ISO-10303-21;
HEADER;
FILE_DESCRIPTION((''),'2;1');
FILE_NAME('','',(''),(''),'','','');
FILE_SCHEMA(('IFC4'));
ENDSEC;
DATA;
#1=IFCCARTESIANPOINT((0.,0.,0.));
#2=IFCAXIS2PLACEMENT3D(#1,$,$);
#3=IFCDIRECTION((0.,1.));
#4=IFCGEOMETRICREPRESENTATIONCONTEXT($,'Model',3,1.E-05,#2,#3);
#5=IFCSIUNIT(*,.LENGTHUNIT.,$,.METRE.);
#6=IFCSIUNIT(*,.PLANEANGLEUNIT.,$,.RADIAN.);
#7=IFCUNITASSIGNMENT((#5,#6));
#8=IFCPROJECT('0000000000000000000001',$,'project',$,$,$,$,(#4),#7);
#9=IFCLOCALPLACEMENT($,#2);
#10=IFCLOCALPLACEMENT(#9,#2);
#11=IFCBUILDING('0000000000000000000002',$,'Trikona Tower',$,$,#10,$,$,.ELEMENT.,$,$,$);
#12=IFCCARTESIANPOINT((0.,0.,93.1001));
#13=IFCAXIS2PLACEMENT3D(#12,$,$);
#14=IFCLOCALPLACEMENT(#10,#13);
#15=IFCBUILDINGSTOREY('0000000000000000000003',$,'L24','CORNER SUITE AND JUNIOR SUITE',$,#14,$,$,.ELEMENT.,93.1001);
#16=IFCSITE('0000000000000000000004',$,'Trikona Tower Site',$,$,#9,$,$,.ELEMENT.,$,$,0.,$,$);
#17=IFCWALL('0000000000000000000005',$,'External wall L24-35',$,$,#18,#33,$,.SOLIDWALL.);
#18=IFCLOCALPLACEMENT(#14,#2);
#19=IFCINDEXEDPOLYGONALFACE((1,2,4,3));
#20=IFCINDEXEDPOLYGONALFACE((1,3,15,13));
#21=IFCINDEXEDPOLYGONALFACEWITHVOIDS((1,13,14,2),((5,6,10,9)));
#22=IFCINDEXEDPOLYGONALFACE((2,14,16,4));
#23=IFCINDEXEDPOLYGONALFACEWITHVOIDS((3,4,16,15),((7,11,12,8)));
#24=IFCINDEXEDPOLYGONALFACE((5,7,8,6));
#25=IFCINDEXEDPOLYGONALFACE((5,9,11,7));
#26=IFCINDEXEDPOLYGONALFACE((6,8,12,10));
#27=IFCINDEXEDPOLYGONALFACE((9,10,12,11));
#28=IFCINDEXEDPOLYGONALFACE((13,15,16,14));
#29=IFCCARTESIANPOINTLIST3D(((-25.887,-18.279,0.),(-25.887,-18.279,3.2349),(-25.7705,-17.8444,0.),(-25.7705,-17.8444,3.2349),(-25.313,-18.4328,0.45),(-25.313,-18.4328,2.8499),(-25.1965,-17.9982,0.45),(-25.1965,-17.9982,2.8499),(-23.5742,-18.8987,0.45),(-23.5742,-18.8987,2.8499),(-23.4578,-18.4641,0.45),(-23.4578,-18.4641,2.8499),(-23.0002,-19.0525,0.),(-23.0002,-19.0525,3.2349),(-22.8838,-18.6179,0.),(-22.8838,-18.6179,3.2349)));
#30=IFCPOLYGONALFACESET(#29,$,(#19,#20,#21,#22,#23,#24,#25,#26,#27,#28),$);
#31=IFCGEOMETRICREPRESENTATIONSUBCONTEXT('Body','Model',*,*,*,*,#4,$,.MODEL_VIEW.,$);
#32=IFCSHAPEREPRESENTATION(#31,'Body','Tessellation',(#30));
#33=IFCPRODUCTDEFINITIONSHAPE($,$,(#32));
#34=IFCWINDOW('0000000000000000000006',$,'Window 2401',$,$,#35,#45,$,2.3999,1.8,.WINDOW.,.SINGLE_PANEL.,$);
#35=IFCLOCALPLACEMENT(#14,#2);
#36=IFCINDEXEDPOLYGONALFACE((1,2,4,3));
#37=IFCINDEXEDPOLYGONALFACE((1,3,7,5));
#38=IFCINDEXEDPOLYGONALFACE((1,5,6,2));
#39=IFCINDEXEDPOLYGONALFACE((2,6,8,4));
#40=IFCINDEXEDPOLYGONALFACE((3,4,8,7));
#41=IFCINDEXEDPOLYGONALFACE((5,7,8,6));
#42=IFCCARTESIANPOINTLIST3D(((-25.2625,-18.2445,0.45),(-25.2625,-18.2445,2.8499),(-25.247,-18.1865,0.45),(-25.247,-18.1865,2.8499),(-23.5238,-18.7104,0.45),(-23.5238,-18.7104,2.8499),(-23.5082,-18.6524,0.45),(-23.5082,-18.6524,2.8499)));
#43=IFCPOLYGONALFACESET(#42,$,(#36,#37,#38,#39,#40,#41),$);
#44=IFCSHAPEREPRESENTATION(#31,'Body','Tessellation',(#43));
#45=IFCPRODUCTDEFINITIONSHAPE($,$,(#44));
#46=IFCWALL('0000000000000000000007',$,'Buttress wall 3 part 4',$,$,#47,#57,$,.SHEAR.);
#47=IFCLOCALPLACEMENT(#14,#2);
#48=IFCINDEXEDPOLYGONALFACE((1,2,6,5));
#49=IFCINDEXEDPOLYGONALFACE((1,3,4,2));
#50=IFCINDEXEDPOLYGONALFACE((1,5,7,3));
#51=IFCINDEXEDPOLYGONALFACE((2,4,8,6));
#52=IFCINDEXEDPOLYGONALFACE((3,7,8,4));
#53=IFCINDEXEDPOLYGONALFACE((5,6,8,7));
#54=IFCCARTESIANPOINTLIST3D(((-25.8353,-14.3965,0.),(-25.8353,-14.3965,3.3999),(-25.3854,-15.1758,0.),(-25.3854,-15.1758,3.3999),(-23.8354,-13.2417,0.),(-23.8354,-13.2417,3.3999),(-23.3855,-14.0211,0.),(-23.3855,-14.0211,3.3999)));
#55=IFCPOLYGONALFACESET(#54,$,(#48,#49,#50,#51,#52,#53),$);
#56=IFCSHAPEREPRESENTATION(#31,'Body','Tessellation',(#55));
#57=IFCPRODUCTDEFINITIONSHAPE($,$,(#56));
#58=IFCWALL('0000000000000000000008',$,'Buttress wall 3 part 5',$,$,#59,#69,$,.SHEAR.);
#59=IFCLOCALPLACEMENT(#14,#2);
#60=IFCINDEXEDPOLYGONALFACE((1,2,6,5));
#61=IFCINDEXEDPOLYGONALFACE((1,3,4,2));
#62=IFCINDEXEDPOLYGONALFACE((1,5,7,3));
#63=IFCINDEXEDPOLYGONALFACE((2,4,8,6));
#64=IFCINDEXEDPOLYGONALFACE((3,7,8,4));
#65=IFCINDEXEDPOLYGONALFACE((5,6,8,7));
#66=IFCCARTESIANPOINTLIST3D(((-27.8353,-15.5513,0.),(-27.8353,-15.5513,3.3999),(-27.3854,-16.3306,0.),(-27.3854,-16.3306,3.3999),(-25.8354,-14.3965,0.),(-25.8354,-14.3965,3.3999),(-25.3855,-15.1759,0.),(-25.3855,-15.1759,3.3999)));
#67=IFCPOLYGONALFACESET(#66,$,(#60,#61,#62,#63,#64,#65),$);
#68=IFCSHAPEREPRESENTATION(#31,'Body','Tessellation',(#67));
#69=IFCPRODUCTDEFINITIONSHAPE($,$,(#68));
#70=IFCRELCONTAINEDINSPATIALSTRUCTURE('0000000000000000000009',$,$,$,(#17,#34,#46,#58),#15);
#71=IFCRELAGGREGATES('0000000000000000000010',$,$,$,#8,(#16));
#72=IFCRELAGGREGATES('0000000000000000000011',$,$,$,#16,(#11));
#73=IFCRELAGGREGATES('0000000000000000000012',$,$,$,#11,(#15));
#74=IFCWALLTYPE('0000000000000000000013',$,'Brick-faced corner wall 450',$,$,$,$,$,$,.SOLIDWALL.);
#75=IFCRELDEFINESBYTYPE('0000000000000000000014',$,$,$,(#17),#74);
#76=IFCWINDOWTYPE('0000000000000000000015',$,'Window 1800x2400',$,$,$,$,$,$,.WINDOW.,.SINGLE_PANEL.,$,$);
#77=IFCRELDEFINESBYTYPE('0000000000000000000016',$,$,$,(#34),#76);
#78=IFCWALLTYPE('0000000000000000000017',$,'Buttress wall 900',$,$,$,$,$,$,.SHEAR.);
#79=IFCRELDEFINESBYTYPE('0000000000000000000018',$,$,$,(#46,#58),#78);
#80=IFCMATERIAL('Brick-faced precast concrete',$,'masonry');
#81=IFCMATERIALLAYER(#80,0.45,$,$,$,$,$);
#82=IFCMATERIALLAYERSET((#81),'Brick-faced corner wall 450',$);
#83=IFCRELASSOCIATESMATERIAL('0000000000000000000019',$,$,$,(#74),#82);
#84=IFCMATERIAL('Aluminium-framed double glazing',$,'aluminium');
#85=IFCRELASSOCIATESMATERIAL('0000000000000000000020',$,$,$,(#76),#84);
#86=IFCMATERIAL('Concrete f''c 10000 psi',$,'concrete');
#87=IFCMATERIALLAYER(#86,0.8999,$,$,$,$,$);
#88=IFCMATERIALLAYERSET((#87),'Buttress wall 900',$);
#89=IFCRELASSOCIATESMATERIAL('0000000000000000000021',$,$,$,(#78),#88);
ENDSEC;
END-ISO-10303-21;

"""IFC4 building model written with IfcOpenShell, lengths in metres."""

from ifc_helpers import new_model, si_unit, direction, frame, frame_2d, origin, place, context, subcontext, project, spatial, rectangle, extrude, material, layer, layer_set, type_object, element, fill, save


model = new_model("IFC4")

# Units and contexts
model_context = context("Model", 3, precision=1e-05, world=origin(), true_north=direction((0.0, 1.0)))
body_context = subcontext(model_context, "Body", "Model", "MODEL_VIEW")
ifc_project = project(units=[si_unit("LENGTHUNIT", "METRE"), si_unit("PLANEANGLEUNIT", "RADIAN")], contexts=[model_context])

# Site, building, storey
site_placement = place(None, origin())
site = spatial("IfcSite", under=ifc_project, at=site_placement, Name="Trikona Tower Site", CompositionType="ELEMENT", RefElevation=0.0)
building_placement = place(site_placement, origin())
building = spatial("IfcBuilding", under=site, at=building_placement, Name="Trikona Tower", CompositionType="ELEMENT")
storey_placement = place(building_placement, frame((0.0, 0.0, 93.1001)))
storey = spatial("IfcBuildingStorey", under=building, at=storey_placement, Name="L24", Description="CORNER SUITE AND JUNIOR SUITE", CompositionType="ELEMENT", Elevation=93.1001)

# Wall, opening, window
ifc_material_1 = material(Name="Brick-faced precast concrete", Category="masonry")
ifc_layer_1 = layer(ifc_material_1, 0.45)
ifc_layer_set_1 = layer_set([ifc_layer_1], Name="Brick-faced corner wall 450")
wall_type_1 = type_object("IfcWallType", Name="Brick-faced corner wall 450", PredefinedType="SOLIDWALL", material=ifc_layer_set_1)
wall_1_placement = place(storey_placement, frame((-25.8286, -18.0618, 0.0), z_axis=(0.0, 0.0, 1.0), x_axis=(0.965931, -0.258801, 0.0)))
wall_1 = element("IfcWall", 1, at=wall_1_placement, inside=storey, type_object=wall_type_1, Name="External wall L24-35", PredefinedType="SOLIDWALL", context=body_context, shape_type="SweptSolid", body=[
    extrude(rectangle(XDim=2.9885, YDim=0.45, at=frame_2d((1.4941, 0.0))), origin(), (0.0, 0.0, 1.0), 3.2349),
])
opening_1_placement = place(wall_1_placement, frame((0.5942, 0.0, 0.45)))
opening_1 = element("IfcOpeningElement", 2, at=opening_1_placement, cuts=wall_1, PredefinedType="OPENING", context=body_context, shape_type="SweptSolid", body=[
    extrude(rectangle(XDim=1.8, YDim=2.3999, at=frame_2d((0.8999, 1.2))), frame((0.0, 0.2349, 0.0), z_axis=(0.0, -1.0, 0.0), x_axis=(1.0, 0.0, 0.0)), (0.0, 0.0, 1.0), 0.47),
])
ifc_material_2 = material(Name="Aluminium-framed double glazing", Category="aluminium")
window_type_1 = type_object("IfcWindowType", Name="Window 1800x2400", PartitioningType="SINGLE_PANEL", PredefinedType="WINDOW", material=ifc_material_2)
window_1_placement = place(opening_1_placement, origin())
window_1 = element("IfcWindow", 3, at=window_1_placement, inside=storey, type_object=window_type_1, Name="Window 2401", OverallHeight=2.3999, OverallWidth=1.8, PartitioningType="SINGLE_PANEL", PredefinedType="WINDOW", context=body_context, shape_type="SweptSolid", body=[
    extrude(rectangle(XDim=1.8, YDim=2.3999, at=frame_2d((0.8999, 1.2))), frame((0.0, 0.03, 0.0), z_axis=(0.0, -1.0, 0.0), x_axis=(1.0, 0.0, 0.0)), (0.0, 0.0, 1.0), 0.0601),
])
fill(opening_1, window_1)

# Walls
ifc_material_3 = material(Name="Concrete f'c 10000 psi", Category="concrete")
ifc_layer_2 = layer(ifc_material_3, 0.8999)
ifc_layer_set_2 = layer_set([ifc_layer_2], Name="Buttress wall 900")
wall_type_2 = type_object("IfcWallType", Name="Buttress wall 900", PredefinedType="SHEAR", material=ifc_layer_set_2)
for number, where, z_axis, x_axis, name in (
    (4, (-23.6104, -13.6313, 0.0), (0.0, 0.0, 1.0), (-0.86601, -0.500027, 0.0), "Buttress wall 3 part 4"),
    (5, (-25.6104, -14.7861, 0.0), (0.0, 0.0, 1.0), (-0.86601, -0.500027, 0.0), "Buttress wall 3 part 5"),
):
    element("IfcWall", number, at=place(storey_placement, frame(where, z_axis=z_axis, x_axis=x_axis)), inside=storey, type_object=wall_type_2, Name=name, PredefinedType="SHEAR", context=body_context, shape_type="SweptSolid", body=[
        extrude(rectangle(XDim=2.3093, YDim=0.8999, at=frame_2d((1.1548, 0.0))), origin(), (0.0, 0.0, 1.0), 3.3999),
    ])

save(model, "model.ifc")
